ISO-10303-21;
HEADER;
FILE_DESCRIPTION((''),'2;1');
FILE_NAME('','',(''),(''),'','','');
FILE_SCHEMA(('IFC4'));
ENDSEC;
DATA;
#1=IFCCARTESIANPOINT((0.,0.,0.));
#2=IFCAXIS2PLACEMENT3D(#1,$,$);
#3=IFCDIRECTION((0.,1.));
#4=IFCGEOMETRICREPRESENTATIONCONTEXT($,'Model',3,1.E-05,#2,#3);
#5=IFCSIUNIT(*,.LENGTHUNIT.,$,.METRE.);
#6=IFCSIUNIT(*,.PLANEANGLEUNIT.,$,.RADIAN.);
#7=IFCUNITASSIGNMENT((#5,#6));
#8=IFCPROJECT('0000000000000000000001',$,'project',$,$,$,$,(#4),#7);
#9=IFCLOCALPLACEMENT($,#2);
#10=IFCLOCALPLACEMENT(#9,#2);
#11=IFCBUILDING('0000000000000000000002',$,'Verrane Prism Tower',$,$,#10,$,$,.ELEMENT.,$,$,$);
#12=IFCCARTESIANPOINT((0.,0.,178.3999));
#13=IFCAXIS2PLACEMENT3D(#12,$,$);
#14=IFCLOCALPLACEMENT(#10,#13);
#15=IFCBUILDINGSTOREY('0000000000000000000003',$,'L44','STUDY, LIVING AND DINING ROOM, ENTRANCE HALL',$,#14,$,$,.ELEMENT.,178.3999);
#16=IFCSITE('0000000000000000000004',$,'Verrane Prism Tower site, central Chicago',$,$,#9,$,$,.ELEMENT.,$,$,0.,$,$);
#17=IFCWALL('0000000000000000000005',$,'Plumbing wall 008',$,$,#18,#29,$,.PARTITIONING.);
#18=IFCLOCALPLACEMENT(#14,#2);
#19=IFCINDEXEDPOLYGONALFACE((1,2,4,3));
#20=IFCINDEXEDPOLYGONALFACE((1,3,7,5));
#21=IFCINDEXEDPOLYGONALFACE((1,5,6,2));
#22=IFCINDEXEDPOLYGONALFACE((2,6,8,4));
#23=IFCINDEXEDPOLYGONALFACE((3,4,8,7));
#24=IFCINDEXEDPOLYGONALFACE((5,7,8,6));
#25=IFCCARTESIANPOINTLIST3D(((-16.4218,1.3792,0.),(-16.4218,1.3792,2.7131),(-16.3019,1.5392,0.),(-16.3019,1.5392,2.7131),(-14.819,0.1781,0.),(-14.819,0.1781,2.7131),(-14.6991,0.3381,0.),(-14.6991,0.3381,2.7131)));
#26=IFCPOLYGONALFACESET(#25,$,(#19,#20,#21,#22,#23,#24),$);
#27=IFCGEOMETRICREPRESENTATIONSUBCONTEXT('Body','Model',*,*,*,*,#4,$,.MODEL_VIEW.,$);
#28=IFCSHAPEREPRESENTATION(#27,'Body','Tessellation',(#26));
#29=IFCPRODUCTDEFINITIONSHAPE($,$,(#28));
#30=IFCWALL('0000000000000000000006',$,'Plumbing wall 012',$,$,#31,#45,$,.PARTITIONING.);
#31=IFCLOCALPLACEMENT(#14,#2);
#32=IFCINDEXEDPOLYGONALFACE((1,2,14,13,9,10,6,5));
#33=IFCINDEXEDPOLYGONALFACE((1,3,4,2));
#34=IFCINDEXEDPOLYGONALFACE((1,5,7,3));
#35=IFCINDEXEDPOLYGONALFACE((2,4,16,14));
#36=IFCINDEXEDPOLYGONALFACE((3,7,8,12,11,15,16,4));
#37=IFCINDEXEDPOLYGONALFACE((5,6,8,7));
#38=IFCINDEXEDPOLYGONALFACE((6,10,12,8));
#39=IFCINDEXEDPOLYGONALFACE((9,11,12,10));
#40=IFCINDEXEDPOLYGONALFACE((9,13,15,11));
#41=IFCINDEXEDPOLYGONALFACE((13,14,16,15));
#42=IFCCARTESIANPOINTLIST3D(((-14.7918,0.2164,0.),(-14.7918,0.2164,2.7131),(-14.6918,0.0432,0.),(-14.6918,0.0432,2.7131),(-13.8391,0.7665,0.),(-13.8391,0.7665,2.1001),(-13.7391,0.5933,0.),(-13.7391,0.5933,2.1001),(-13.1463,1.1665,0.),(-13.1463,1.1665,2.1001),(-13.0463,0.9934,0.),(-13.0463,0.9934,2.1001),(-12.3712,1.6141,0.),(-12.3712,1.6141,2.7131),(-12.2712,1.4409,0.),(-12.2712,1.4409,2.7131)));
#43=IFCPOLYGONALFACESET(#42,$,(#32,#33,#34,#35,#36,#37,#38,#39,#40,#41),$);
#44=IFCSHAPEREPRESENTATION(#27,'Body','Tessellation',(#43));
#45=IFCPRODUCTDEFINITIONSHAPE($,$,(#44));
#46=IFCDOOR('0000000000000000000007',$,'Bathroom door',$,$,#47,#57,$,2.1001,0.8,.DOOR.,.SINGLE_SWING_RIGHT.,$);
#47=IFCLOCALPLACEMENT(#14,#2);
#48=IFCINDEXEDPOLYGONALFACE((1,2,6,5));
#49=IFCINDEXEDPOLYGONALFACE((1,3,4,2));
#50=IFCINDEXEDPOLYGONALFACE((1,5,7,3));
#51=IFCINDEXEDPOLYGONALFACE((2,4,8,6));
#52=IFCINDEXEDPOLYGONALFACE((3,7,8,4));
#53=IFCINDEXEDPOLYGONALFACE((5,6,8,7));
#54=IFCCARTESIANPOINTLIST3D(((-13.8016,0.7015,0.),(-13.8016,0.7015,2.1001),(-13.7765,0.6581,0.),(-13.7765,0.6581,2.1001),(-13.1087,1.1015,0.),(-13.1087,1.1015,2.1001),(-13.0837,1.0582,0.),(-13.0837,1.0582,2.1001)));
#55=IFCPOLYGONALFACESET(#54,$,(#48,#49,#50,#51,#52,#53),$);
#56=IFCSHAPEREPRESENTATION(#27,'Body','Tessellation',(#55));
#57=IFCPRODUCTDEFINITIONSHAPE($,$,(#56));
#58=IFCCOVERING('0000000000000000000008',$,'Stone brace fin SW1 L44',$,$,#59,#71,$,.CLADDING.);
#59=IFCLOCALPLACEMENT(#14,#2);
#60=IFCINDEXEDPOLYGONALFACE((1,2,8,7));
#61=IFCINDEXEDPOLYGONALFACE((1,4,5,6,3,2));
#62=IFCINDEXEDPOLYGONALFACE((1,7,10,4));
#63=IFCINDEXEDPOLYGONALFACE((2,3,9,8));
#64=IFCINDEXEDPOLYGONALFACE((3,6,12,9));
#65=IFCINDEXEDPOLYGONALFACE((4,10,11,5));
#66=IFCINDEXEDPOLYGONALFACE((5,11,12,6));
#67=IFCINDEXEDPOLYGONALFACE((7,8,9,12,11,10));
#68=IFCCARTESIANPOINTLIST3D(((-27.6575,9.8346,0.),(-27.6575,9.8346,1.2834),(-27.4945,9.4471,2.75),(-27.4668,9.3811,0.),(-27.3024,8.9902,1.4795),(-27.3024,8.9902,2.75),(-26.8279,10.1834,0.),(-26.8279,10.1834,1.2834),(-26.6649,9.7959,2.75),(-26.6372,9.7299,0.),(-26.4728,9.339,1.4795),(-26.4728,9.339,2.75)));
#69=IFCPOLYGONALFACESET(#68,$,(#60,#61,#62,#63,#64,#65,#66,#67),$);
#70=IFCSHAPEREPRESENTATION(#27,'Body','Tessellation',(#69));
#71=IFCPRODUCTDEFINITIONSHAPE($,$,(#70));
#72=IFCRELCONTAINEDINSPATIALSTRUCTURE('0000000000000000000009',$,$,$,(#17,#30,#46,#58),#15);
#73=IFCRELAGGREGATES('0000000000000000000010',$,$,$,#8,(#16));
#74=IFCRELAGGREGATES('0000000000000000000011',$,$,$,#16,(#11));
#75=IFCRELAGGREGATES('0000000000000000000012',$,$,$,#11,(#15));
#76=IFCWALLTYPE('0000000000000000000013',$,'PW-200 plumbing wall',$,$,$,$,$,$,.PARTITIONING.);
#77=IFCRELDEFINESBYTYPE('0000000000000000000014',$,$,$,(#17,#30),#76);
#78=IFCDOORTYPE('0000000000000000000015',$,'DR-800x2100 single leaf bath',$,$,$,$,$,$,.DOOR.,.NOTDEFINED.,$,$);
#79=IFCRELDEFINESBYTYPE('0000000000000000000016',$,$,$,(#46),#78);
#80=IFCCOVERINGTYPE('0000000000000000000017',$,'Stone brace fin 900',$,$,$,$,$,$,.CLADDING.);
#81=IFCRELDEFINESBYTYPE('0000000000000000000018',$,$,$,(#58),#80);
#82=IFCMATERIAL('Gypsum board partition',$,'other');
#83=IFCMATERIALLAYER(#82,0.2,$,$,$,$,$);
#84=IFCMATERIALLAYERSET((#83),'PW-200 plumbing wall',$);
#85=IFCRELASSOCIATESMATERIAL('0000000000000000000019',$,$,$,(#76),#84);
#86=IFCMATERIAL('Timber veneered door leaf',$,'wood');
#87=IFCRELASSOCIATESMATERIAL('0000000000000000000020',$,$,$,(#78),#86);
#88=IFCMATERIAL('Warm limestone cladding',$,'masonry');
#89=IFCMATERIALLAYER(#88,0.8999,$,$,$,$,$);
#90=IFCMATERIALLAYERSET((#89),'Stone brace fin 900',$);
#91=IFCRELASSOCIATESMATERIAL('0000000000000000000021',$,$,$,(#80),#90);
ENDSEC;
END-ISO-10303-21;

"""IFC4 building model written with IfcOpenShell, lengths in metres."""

from ifc_helpers import new_model, si_unit, direction, frame, frame_2d, origin, place, context, subcontext, project, spatial, polyline, rectangle, outline, extrude, material, layer, layer_set, type_object, element, fill, save


model = new_model("IFC4")

# Units and contexts
model_context = context("Model", 3, precision=1e-05, world=origin(), true_north=direction((0.0, 1.0)))
body_context = subcontext(model_context, "Body", "Model", "MODEL_VIEW")
ifc_project = project(units=[si_unit("LENGTHUNIT", "METRE"), si_unit("PLANEANGLEUNIT", "RADIAN")], contexts=[model_context])

# Site, building, storey
site_placement = place(None, origin())
site = spatial("IfcSite", under=ifc_project, at=site_placement, Name="Verrane Prism Tower site, central Chicago", CompositionType="ELEMENT", RefElevation=0.0)
building_placement = place(site_placement, origin())
building = spatial("IfcBuilding", under=site, at=building_placement, Name="Verrane Prism Tower", CompositionType="ELEMENT")
storey_placement = place(building_placement, frame((0.0, 0.0, 178.3999)))
storey = spatial("IfcBuildingStorey", under=building, at=storey_placement, Name="L44", Description="STUDY, LIVING AND DINING ROOM, ENTRANCE HALL", CompositionType="ELEMENT", Elevation=178.3999)

# Shared definitions
ifc_material_1 = material(Name="Gypsum board partition", Category="other")
ifc_layer_1 = layer(ifc_material_1, 0.2)
ifc_layer_set_1 = layer_set([ifc_layer_1], Name="PW-200 plumbing wall")
wall_type_1 = type_object("IfcWallType", Name="PW-200 plumbing wall", PredefinedType="PARTITIONING", material=ifc_layer_set_1)
ifc_material_2 = material(Name="Timber veneered door leaf", Category="wood")
door_type_1 = type_object("IfcDoorType", Name="DR-800x2100 single leaf bath", OperationType="NOTDEFINED", PredefinedType="DOOR", material=ifc_material_2)

# Wall
wall_1_placement = place(storey_placement, frame((-16.3618, 1.4592, 0.0), z_axis=(0.0, 0.0, 1.0), x_axis=(0.800219, -0.599707, 0.0)))
element("IfcWall", 1, at=wall_1_placement, inside=storey, type_object=wall_type_1, Name="Plumbing wall 008", PredefinedType="PARTITIONING", context=body_context, shape_type="SweptSolid", body=[
    extrude(rectangle(XDim=2.0029, YDim=0.2, at=frame_2d((1.0015, 0.0))), origin(), (0.0, 0.0, 1.0), 2.7131),
])

# Wall, opening, door
wall_2_placement = place(storey_placement, frame((-14.7417, 0.1299, 0.0), z_axis=(0.0, 0.0, 1.0), x_axis=(0.866004, 0.500037, 0.0)))
wall_2 = element("IfcWall", 2, at=wall_2_placement, inside=storey, type_object=wall_type_1, Name="Plumbing wall 012", PredefinedType="PARTITIONING", context=body_context, shape_type="SweptSolid", body=[
    extrude(rectangle(XDim=2.7952, YDim=0.2, at=frame_2d((1.3975, 0.0))), origin(), (0.0, 0.0, 1.0), 2.7131),
])
opening_1_placement = place(wall_2_placement, frame((1.1001, 0.0, 0.0)))
opening_1 = element("IfcOpeningElement", 3, at=opening_1_placement, cuts=wall_2, PredefinedType="OPENING", context=body_context, shape_type="SweptSolid", body=[
    extrude(rectangle(XDim=0.8, YDim=2.1001, at=frame_2d((0.3999, 1.05))), frame((0.0, 0.1099, 0.0), z_axis=(0.0, -1.0, 0.0), x_axis=(1.0, 0.0, 0.0)), (0.0, 0.0, 1.0), 0.22),
])
door_1_placement = place(opening_1_placement, origin())
door_1 = element("IfcDoor", 4, at=door_1_placement, inside=storey, type_object=door_type_1, Name="Bathroom door", OperationType="SINGLE_SWING_RIGHT", OverallHeight=2.1001, OverallWidth=0.8, PredefinedType="DOOR", context=body_context, shape_type="SweptSolid", body=[
    extrude(rectangle(XDim=0.8, YDim=2.1001, at=frame_2d((0.3999, 1.05))), frame((0.0, 0.0249, 0.0), z_axis=(0.0, -1.0, 0.0), x_axis=(1.0, 0.0, 0.0)), (0.0, 0.0, 1.0), 0.05),
])
fill(opening_1, door_1)

# Covering
ifc_material_3 = material(Name="Warm limestone cladding", Category="masonry")
ifc_layer_2 = layer(ifc_material_3, 0.8999)
ifc_layer_set_2 = layer_set([ifc_layer_2], Name="Stone brace fin 900")
covering_type = type_object("IfcCoveringType", Name="Stone brace fin 900", PredefinedType="CLADDING", material=ifc_layer_set_2)
covering_placement = place(storey_placement, frame((-27.2427, 10.009, 0.0), z_axis=(0.0, 0.0, 1.0), x_axis=(0.387604, -0.921826, 0.0)))
element("IfcCovering", 5, at=covering_placement, inside=storey, type_object=covering_type, Name="Stone brace fin SW1 L44", PredefinedType="CLADDING", context=body_context, shape_type="SweptSolid", body=[
    extrude(outline(polyline([(0.916, 2.75), (0.4204, 2.75), (0.0, 1.2834), (0.0, 0.0), (0.4919, 0.0), (0.916, 1.4795), (0.916, 2.75)])), frame((0.0, 0.45, 0.0), z_axis=(0.0, -1.0, 0.0), x_axis=(1.0, 0.0, 0.0)), (0.0, 0.0, 1.0), 0.8999),
])

save(model, "model.ifc")
